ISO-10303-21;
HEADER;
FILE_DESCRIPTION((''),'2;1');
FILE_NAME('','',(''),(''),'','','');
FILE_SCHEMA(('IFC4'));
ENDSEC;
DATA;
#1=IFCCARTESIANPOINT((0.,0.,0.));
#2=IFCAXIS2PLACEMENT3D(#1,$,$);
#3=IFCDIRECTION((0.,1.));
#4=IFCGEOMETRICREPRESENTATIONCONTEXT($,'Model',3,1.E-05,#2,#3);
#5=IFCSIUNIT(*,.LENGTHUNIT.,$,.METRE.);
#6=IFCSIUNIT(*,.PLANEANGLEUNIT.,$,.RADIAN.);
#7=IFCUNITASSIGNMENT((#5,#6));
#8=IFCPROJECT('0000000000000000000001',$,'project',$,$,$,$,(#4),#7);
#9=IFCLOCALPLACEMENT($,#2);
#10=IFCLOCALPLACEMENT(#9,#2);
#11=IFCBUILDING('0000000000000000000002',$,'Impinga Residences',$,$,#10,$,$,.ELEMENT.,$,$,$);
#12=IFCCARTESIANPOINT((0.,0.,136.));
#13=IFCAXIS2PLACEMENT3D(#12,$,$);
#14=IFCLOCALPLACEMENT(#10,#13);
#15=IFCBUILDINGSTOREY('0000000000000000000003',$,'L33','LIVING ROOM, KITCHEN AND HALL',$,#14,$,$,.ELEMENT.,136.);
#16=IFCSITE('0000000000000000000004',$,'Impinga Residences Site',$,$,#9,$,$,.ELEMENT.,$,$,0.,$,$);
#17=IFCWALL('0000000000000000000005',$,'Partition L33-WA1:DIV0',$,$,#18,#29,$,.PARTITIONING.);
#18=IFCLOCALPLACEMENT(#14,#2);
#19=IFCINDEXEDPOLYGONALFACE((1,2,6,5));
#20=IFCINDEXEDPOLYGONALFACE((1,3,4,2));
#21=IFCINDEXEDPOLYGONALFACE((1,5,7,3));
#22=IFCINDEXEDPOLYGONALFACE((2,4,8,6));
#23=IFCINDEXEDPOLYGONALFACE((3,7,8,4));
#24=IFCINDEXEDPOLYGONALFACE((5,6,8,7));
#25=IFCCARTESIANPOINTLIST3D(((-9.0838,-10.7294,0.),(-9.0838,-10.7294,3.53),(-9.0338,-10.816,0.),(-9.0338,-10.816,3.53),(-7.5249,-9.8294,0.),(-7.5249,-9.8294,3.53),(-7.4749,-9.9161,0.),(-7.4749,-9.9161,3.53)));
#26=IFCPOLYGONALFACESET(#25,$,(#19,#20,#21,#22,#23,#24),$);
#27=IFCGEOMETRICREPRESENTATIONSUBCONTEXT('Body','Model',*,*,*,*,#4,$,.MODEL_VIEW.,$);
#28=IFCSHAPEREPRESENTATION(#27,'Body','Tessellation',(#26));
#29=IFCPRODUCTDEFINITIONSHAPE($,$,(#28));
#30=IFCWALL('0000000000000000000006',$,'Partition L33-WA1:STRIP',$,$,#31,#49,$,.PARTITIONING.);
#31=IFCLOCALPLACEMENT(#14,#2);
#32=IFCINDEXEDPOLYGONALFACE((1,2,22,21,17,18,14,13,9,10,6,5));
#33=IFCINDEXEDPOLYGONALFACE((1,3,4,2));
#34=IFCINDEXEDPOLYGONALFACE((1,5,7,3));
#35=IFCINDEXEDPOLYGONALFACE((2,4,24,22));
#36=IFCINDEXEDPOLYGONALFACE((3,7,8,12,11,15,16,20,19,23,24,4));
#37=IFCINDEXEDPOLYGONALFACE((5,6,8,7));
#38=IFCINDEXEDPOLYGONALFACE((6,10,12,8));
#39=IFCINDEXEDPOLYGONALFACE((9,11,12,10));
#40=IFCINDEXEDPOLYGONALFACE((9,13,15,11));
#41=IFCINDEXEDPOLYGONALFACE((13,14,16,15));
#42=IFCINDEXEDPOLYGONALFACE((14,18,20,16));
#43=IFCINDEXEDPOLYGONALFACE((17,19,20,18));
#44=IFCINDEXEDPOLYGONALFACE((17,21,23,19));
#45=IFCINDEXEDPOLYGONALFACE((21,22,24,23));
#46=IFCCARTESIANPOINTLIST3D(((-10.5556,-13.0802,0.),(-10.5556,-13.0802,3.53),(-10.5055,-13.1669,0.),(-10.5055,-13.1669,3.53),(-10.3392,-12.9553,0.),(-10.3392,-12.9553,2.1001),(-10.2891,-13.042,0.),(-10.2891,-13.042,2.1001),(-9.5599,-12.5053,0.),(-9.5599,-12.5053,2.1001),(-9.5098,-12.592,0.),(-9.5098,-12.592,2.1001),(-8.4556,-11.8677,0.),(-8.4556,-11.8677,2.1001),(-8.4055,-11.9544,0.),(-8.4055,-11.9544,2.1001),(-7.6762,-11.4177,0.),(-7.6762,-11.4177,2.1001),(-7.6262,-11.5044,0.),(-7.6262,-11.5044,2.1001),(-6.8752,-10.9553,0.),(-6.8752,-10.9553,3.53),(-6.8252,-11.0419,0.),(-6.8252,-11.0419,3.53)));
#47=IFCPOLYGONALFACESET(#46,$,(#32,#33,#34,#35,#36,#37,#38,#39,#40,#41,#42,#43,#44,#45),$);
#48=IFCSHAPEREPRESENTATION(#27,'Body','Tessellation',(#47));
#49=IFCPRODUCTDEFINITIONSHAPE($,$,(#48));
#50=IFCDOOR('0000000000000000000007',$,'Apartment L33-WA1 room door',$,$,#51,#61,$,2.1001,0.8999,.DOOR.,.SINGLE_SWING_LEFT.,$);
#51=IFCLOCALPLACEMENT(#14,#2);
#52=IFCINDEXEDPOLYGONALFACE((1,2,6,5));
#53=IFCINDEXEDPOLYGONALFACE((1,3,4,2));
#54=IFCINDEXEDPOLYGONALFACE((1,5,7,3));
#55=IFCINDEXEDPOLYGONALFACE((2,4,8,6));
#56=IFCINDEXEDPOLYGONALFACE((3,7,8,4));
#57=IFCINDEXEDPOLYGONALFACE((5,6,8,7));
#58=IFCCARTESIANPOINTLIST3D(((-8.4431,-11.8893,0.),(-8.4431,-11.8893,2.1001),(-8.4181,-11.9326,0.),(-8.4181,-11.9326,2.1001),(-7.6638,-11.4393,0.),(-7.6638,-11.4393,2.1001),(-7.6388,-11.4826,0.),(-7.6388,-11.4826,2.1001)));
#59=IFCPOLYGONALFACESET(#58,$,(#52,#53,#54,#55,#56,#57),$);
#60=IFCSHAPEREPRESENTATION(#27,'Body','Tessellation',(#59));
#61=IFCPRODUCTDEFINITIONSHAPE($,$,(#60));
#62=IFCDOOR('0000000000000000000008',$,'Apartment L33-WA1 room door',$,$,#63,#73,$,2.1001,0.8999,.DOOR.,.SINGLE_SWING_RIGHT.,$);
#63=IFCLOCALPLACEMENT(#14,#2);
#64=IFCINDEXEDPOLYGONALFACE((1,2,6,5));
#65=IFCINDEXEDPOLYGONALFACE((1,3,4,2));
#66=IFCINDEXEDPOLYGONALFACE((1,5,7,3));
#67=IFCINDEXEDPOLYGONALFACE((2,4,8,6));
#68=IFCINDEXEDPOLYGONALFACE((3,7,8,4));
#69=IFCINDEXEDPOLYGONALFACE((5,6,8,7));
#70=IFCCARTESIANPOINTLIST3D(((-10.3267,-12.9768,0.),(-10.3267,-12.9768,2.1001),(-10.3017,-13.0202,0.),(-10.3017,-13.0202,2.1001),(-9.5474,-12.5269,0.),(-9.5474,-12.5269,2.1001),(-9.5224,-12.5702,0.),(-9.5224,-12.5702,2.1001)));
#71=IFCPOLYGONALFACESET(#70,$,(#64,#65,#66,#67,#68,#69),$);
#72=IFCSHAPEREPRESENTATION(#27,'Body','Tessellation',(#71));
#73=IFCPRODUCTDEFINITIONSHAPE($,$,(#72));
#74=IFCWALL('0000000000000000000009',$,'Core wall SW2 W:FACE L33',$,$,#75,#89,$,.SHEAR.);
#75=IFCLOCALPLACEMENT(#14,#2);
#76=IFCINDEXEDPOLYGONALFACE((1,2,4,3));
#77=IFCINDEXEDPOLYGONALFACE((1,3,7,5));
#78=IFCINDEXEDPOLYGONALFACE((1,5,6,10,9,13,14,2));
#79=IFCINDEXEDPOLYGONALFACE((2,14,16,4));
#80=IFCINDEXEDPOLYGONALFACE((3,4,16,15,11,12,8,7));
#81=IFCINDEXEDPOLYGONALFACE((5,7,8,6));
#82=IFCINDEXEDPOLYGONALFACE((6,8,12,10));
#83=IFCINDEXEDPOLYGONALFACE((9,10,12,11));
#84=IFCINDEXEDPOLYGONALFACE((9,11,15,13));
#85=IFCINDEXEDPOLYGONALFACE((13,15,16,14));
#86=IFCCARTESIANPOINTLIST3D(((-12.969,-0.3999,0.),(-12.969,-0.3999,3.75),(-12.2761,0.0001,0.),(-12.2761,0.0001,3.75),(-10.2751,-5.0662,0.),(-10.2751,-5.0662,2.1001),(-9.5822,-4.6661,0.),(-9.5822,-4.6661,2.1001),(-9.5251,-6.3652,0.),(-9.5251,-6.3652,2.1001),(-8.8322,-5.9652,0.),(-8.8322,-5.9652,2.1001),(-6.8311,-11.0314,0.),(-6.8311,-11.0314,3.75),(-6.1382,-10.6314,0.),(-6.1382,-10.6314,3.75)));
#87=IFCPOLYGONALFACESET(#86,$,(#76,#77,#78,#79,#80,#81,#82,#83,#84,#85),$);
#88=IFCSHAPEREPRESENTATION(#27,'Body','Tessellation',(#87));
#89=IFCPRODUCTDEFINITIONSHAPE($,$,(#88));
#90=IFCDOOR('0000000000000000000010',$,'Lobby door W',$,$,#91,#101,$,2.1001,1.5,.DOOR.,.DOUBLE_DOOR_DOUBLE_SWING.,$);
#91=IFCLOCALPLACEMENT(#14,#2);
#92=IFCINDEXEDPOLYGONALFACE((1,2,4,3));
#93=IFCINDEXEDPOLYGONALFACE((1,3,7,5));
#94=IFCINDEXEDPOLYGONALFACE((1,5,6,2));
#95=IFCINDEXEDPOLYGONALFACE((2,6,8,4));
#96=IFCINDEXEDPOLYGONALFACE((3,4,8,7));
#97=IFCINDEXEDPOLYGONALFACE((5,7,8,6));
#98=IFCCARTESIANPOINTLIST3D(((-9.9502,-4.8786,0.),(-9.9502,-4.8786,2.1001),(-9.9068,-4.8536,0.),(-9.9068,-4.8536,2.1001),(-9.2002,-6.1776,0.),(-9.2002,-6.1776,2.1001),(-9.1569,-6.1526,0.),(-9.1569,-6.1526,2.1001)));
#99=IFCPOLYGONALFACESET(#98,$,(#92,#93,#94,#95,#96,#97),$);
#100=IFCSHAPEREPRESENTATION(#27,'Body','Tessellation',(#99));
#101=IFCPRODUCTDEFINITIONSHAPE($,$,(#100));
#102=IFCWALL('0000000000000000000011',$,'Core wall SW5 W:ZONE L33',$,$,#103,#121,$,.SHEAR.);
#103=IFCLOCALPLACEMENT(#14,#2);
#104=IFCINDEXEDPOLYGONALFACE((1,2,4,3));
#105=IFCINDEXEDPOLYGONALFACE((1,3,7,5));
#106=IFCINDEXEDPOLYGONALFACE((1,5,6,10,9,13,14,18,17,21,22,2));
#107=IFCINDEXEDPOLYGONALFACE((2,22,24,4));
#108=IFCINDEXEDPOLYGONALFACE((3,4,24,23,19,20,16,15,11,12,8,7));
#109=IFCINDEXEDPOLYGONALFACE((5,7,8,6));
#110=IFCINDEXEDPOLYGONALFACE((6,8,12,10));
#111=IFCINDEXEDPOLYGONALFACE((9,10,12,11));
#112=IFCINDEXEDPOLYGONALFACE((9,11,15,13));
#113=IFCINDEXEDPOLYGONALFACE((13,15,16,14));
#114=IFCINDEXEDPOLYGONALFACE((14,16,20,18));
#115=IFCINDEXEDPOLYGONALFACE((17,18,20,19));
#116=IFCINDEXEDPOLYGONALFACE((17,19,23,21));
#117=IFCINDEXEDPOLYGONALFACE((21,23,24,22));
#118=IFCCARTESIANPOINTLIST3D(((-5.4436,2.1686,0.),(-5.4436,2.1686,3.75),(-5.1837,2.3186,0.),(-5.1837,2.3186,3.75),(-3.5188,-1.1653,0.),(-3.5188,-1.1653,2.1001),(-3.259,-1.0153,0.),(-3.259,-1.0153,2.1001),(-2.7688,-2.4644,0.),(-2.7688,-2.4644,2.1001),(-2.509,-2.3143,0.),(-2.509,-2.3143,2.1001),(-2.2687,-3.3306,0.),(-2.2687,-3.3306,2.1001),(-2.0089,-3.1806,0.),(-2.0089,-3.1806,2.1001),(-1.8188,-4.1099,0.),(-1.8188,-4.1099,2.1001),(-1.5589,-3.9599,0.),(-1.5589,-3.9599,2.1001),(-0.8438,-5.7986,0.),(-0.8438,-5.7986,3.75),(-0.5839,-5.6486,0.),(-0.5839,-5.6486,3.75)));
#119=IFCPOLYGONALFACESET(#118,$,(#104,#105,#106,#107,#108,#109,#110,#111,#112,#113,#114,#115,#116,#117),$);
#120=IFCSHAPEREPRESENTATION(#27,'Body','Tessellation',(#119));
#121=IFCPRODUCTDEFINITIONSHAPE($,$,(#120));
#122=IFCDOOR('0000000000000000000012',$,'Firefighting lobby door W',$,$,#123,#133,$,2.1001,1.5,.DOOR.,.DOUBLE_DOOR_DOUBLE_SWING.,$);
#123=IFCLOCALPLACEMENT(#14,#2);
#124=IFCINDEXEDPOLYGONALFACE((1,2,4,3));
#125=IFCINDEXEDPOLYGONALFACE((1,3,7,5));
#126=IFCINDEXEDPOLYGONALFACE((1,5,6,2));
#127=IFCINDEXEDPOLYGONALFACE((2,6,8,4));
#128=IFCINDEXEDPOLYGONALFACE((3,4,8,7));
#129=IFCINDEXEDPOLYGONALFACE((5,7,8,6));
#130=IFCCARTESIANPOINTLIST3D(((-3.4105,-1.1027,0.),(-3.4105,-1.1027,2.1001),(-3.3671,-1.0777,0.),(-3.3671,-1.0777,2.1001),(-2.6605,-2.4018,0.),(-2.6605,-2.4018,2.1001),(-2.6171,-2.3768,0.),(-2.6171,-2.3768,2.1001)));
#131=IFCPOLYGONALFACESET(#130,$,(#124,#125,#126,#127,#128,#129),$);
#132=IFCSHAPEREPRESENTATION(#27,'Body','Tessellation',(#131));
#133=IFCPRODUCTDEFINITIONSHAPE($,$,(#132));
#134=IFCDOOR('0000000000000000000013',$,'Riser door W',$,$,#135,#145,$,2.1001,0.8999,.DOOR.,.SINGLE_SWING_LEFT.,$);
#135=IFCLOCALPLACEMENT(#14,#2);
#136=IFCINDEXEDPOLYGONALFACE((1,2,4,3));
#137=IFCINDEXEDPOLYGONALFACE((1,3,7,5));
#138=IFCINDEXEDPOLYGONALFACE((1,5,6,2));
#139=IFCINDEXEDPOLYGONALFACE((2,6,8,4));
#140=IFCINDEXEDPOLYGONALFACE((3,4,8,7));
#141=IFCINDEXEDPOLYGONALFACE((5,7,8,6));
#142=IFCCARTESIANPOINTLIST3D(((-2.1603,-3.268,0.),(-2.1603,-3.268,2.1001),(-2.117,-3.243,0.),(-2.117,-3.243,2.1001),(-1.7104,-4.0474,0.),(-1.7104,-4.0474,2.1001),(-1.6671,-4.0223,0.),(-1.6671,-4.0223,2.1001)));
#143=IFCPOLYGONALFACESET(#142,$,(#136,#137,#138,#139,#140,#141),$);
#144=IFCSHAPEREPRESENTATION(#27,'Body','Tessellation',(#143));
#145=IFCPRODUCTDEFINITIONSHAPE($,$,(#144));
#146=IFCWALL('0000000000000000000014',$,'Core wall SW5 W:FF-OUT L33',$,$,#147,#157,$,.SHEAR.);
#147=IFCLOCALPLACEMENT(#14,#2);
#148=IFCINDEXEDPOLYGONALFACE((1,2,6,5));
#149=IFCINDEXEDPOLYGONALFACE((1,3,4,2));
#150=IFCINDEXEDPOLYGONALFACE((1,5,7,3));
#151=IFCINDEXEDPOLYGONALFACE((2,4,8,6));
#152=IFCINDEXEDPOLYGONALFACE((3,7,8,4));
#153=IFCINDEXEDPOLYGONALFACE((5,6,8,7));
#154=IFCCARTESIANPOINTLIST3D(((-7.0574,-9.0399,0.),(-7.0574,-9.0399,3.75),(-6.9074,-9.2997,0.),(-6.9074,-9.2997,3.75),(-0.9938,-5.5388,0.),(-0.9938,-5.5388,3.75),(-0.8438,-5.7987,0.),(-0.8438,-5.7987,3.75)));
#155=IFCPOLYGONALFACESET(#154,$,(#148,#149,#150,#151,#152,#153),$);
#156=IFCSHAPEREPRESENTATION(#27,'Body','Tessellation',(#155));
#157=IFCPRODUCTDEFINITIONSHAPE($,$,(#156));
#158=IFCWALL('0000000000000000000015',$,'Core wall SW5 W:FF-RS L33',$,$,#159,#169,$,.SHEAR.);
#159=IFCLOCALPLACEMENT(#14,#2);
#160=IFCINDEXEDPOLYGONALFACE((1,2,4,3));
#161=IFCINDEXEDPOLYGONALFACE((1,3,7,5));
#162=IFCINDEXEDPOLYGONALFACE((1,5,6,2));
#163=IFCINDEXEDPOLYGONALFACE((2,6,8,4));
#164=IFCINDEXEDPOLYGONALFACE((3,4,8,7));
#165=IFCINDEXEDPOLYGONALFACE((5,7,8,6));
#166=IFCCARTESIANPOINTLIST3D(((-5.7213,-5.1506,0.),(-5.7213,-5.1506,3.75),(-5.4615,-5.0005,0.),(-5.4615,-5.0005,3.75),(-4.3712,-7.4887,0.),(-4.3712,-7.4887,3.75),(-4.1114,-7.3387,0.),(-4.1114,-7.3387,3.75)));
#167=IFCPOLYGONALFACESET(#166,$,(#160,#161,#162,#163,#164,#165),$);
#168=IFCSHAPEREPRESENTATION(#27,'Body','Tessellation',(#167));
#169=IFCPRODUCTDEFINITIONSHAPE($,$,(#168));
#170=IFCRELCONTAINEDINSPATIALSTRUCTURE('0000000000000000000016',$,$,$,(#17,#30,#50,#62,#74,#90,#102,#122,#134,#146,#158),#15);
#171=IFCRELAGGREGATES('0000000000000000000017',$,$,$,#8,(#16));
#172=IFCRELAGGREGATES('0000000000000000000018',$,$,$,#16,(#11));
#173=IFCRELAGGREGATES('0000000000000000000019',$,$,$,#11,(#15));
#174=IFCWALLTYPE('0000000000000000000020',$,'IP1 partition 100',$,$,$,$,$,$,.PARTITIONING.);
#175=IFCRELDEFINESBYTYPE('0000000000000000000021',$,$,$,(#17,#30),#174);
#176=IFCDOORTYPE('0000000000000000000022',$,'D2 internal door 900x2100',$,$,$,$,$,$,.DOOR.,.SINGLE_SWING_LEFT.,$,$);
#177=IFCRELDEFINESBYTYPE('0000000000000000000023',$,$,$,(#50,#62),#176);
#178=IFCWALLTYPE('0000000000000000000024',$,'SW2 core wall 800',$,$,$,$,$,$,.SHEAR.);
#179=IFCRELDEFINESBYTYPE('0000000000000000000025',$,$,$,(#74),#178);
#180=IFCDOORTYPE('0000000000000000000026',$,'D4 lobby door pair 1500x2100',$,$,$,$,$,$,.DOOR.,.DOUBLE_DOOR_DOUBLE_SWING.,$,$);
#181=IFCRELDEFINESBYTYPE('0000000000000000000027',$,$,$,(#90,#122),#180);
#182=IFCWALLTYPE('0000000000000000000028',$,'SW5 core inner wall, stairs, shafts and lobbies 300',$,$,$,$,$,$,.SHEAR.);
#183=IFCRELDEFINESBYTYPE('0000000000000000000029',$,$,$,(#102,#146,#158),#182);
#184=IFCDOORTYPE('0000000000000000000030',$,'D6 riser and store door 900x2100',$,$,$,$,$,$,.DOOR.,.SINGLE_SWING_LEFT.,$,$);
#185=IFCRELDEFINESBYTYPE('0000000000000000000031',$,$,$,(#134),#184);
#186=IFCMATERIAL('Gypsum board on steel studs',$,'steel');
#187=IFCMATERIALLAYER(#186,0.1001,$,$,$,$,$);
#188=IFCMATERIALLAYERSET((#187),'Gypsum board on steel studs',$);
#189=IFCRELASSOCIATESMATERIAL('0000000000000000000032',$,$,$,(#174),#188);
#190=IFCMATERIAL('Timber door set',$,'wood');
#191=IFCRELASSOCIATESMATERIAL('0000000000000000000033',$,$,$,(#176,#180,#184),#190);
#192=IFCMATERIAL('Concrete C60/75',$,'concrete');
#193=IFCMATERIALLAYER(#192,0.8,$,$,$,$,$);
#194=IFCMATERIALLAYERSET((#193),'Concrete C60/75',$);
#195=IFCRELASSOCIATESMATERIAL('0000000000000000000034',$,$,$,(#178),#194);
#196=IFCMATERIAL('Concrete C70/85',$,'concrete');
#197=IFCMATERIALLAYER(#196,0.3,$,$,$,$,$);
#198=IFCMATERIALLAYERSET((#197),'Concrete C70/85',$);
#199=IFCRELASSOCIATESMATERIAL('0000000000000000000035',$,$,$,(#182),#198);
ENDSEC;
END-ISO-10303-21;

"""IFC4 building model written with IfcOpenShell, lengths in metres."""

from ifc_helpers import new_model, si_unit, direction, frame, frame_2d, origin, place, context, subcontext, project, spatial, rectangle, extrude, material, layer, layer_set, type_object, element, fill, save


model = new_model("IFC4")

# Units and contexts
model_context = context("Model", 3, precision=1e-05, world=origin(), true_north=direction((0.0, 1.0)))
body_context = subcontext(model_context, "Body", "Model", "MODEL_VIEW")
ifc_project = project(units=[si_unit("LENGTHUNIT", "METRE"), si_unit("PLANEANGLEUNIT", "RADIAN")], contexts=[model_context])

# Site, building, storey
site_placement = place(None, origin())
site = spatial("IfcSite", under=ifc_project, at=site_placement, Name="Impinga Residences Site", CompositionType="ELEMENT", RefElevation=0.0)
building_placement = place(site_placement, origin())
building = spatial("IfcBuilding", under=site, at=building_placement, Name="Impinga Residences", CompositionType="ELEMENT")
storey_placement = place(building_placement, frame((0.0, 0.0, 136.0)))
storey = spatial("IfcBuildingStorey", under=building, at=storey_placement, Name="L33", Description="LIVING ROOM, KITCHEN AND HALL", CompositionType="ELEMENT", Elevation=136.0)

# Shared definitions
ifc_material_1 = material(Name="Concrete C60/75", Category="concrete")

# Wall
ifc_material_2 = material(Name="Gypsum board on steel studs", Category="steel")
ifc_layer_1 = layer(ifc_material_2, 0.1001)
ifc_layer_set_1 = layer_set([ifc_layer_1], Name="Gypsum board on steel studs")
wall_type_1 = type_object("IfcWallType", Name="IP1 partition 100", PredefinedType="PARTITIONING", material=ifc_layer_set_1)
wall_1_placement = place(storey_placement, frame((-7.5, -9.8728, 0.0), z_axis=(0.0, 0.0, 1.0), x_axis=(-0.866048, -0.499961, 0.0)))
element("IfcWall", 1, at=wall_1_placement, inside=storey, type_object=wall_type_1, Name="Partition L33-WA1:DIV0", PredefinedType="PARTITIONING", context=body_context, shape_type="SweptSolid", body=[
    extrude(rectangle(XDim=1.8, YDim=0.1001, at=frame_2d((0.8999, 0.0))), origin(), (0.0, 0.0, 1.0), 3.53),
])

# Wall, openings, doors
wall_2_placement = place(storey_placement, frame((-6.8501, -10.9985, 0.0), z_axis=(0.0, 0.0, 1.0), x_axis=(-0.866014, -0.500019, 0.0)))
wall_2 = element("IfcWall", 2, at=wall_2_placement, inside=storey, type_object=wall_type_1, Name="Partition L33-WA1:STRIP", PredefinedType="PARTITIONING", context=body_context, shape_type="SweptSolid", body=[
    extrude(rectangle(XDim=4.2498, YDim=0.1001, at=frame_2d((2.125, 0.0))), origin(), (0.0, 0.0, 1.0), 3.53),
])
opening_1_placement = place(wall_2_placement, frame((0.925, 0.0, 0.0)))
opening_1 = element("IfcOpeningElement", 3, at=opening_1_placement, cuts=wall_2, PredefinedType="OPENING", context=body_context, shape_type="SweptSolid", body=[
    extrude(rectangle(XDim=0.8999, YDim=2.1001, at=frame_2d((0.45, 1.05))), frame((0.0, 0.0601, 0.0), z_axis=(0.0, -1.0, 0.0), x_axis=(1.0, 0.0, 0.0)), (0.0, 0.0, 1.0), 0.1201),
])
opening_2_placement = place(wall_2_placement, frame((3.1001, 0.0, 0.0)))
opening_2 = element("IfcOpeningElement", 4, at=opening_2_placement, cuts=wall_2, PredefinedType="OPENING", context=body_context, shape_type="SweptSolid", body=[
    extrude(rectangle(XDim=0.8999, YDim=2.1001, at=frame_2d((0.45, 1.05))), frame((0.0, 0.0601, 0.0), z_axis=(0.0, -1.0, 0.0), x_axis=(1.0, 0.0, 0.0)), (0.0, 0.0, 1.0), 0.1201),
])
ifc_material_3 = material(Name="Timber door set", Category="wood")
door_type_1 = type_object("IfcDoorType", Name="D2 internal door 900x2100", OperationType="SINGLE_SWING_LEFT", PredefinedType="DOOR", material=ifc_material_3)
door_1_placement = place(opening_1_placement, origin())
door_1 = element("IfcDoor", 5, at=door_1_placement, inside=storey, type_object=door_type_1, Name="Apartment L33-WA1 room door", OperationType="SINGLE_SWING_LEFT", OverallHeight=2.1001, OverallWidth=0.8999, PredefinedType="DOOR", context=body_context, shape_type="SweptSolid", body=[
    extrude(rectangle(XDim=0.8999, YDim=2.1001, at=frame_2d((0.45, 1.05))), frame((0.0, 0.0249, 0.0), z_axis=(0.0, -1.0, 0.0), x_axis=(1.0, 0.0, 0.0)), (0.0, 0.0, 1.0), 0.05),
])
fill(opening_1, door_1)
door_2_placement = place(opening_2_placement, origin())
door_2 = element("IfcDoor", 6, at=door_2_placement, inside=storey, type_object=door_type_1, Name="Apartment L33-WA1 room door", OperationType="SINGLE_SWING_RIGHT", OverallHeight=2.1001, OverallWidth=0.8999, PredefinedType="DOOR", context=body_context, shape_type="SweptSolid", body=[
    extrude(rectangle(XDim=0.8999, YDim=2.1001, at=frame_2d((0.45, 1.05))), frame((0.0, 0.0249, 0.0), z_axis=(0.0, -1.0, 0.0), x_axis=(1.0, 0.0, 0.0)), (0.0, 0.0, 1.0), 0.05),
])
fill(opening_2, door_2)

# Wall, opening, door
ifc_layer_2 = layer(ifc_material_1, 0.8)
ifc_layer_set_2 = layer_set([ifc_layer_2], Name="Concrete C60/75")
wall_type_2 = type_object("IfcWallType", Name="SW2 core wall 800", PredefinedType="SHEAR", material=ifc_layer_set_2)
wall_3_placement = place(storey_placement, frame((-6.4846, -10.8315, 0.0), z_axis=(0.0, 0.0, 1.0), x_axis=(-0.499987, 0.866033, 0.0)))
wall_3 = element("IfcWall", 7, at=wall_3_placement, inside=storey, type_object=wall_type_2, Name="Core wall SW2 W:FACE L33", PredefinedType="SHEAR", context=body_context, shape_type="SweptSolid", body=[
    extrude(rectangle(XDim=12.2761, YDim=0.8, at=frame_2d((6.1382, 0.0))), origin(), (0.0, 0.0, 1.0), 3.75),
])
opening_3_placement = place(wall_3_placement, frame((5.3882, 0.0, 0.0)))
opening_3 = element("IfcOpeningElement", 8, at=opening_3_placement, cuts=wall_3, PredefinedType="OPENING", context=body_context, shape_type="SweptSolid", body=[
    extrude(rectangle(XDim=1.5, YDim=2.1001, at=frame_2d((0.75, 1.05))), frame((0.0, 0.4099, 0.0), z_axis=(0.0, -1.0, 0.0), x_axis=(1.0, 0.0, 0.0)), (0.0, 0.0, 1.0), 0.8201),
])
door_type_2 = type_object("IfcDoorType", Name="D4 lobby door pair 1500x2100", OperationType="DOUBLE_DOOR_DOUBLE_SWING", PredefinedType="DOOR", material=ifc_material_3)
door_3_placement = place(opening_3_placement, origin())
door_3 = element("IfcDoor", 9, at=door_3_placement, inside=storey, type_object=door_type_2, Name="Lobby door W", OperationType="DOUBLE_DOOR_DOUBLE_SWING", OverallHeight=2.1001, OverallWidth=1.5, PredefinedType="DOOR", context=body_context, shape_type="SweptSolid", body=[
    extrude(rectangle(XDim=1.5, YDim=2.1001, at=frame_2d((0.75, 1.05))), frame((0.0, 0.0249, 0.0), z_axis=(0.0, -1.0, 0.0), x_axis=(1.0, 0.0, 0.0)), (0.0, 0.0, 1.0), 0.05),
])
fill(opening_3, door_3)

# Wall, openings, doors
ifc_material_4 = material(Name="Concrete C70/85", Category="concrete")
ifc_layer_3 = layer(ifc_material_4, 0.3)
ifc_layer_set_3 = layer_set([ifc_layer_3], Name="Concrete C70/85")
wall_type_3 = type_object("IfcWallType", Name="SW5 core inner wall, stairs, shafts and lobbies 300", PredefinedType="SHEAR", material=ifc_layer_set_3)
wall_4_placement = place(storey_placement, frame((-0.7139, -5.7236, 0.0), z_axis=(0.0, 0.0, 1.0), x_axis=(-0.499995, 0.866028, 0.0)))
wall_4 = element("IfcWall", 10, at=wall_4_placement, inside=storey, type_object=wall_type_3, Name="Core wall SW5 W:ZONE L33", PredefinedType="SHEAR", context=body_context, shape_type="SweptSolid", body=[
    extrude(rectangle(XDim=9.1997, YDim=0.3, at=frame_2d((4.5999, 0.0))), origin(), (0.0, 0.0, 1.0), 3.75),
])
opening_4_placement = place(wall_4_placement, frame((3.8501, 0.0, 0.0)))
opening_4 = element("IfcOpeningElement", 11, at=opening_4_placement, cuts=wall_4, PredefinedType="OPENING", context=body_context, shape_type="SweptSolid", body=[
    extrude(rectangle(XDim=1.5, YDim=2.1001, at=frame_2d((0.75, 1.05))), frame((0.0, 0.1599, 0.0), z_axis=(0.0, -1.0, 0.0), x_axis=(1.0, 0.0, 0.0)), (0.0, 0.0, 1.0), 0.3201),
])
opening_5_placement = place(wall_4_placement, frame((1.95, 0.0, 0.0)))
opening_5 = element("IfcOpeningElement", 12, at=opening_5_placement, cuts=wall_4, PredefinedType="OPENING", context=body_context, shape_type="SweptSolid", body=[
    extrude(rectangle(XDim=0.8999, YDim=2.1001, at=frame_2d((0.45, 1.05))), frame((0.0, 0.1599, 0.0), z_axis=(0.0, -1.0, 0.0), x_axis=(1.0, 0.0, 0.0)), (0.0, 0.0, 1.0), 0.3201),
])
door_4_placement = place(opening_4_placement, origin())
door_4 = element("IfcDoor", 13, at=door_4_placement, inside=storey, type_object=door_type_2, Name="Firefighting lobby door W", OperationType="DOUBLE_DOOR_DOUBLE_SWING", OverallHeight=2.1001, OverallWidth=1.5, PredefinedType="DOOR", context=body_context, shape_type="SweptSolid", body=[
    extrude(rectangle(XDim=1.5, YDim=2.1001, at=frame_2d((0.75, 1.05))), frame((0.0, 0.0249, 0.0), z_axis=(0.0, -1.0, 0.0), x_axis=(1.0, 0.0, 0.0)), (0.0, 0.0, 1.0), 0.05),
])
fill(opening_4, door_4)
door_type_3 = type_object("IfcDoorType", Name="D6 riser and store door 900x2100", OperationType="SINGLE_SWING_LEFT", PredefinedType="DOOR", material=ifc_material_3)
door_5_placement = place(opening_5_placement, origin())
door_5 = element("IfcDoor", 14, at=door_5_placement, inside=storey, type_object=door_type_3, Name="Riser door W", OperationType="SINGLE_SWING_LEFT", OverallHeight=2.1001, OverallWidth=0.8999, PredefinedType="DOOR", context=body_context, shape_type="SweptSolid", body=[
    extrude(rectangle(XDim=0.8999, YDim=2.1001, at=frame_2d((0.45, 1.05))), frame((0.0, 0.0249, 0.0), z_axis=(0.0, -1.0, 0.0), x_axis=(1.0, 0.0, 0.0)), (0.0, 0.0, 1.0), 0.05),
])
fill(opening_5, door_5)

# Walls
wall_5_placement = place(storey_placement, frame((-0.9187, -5.6687, 0.0), z_axis=(0.0, 0.0, 1.0), x_axis=(-0.866011, -0.500024, 0.0)))
element("IfcWall", 15, at=wall_5_placement, inside=storey, type_object=wall_type_3, Name="Core wall SW5 W:FF-OUT L33", PredefinedType="SHEAR", context=body_context, shape_type="SweptSolid", body=[
    extrude(rectangle(XDim=7.0017, YDim=0.3, at=frame_2d((3.501, 0.0))), origin(), (0.0, 0.0, 1.0), 3.75),
])
wall_6_placement = place(storey_placement, frame((-4.2412, -7.4138, 0.0), z_axis=(0.0, 0.0, 1.0), x_axis=(-0.500049, 0.865997, 0.0)))
element("IfcWall", 16, at=wall_6_placement, inside=storey, type_object=wall_type_3, Name="Core wall SW5 W:FF-RS L33", PredefinedType="SHEAR", context=body_context, shape_type="SweptSolid", body=[
    extrude(rectangle(XDim=2.7, YDim=0.3, at=frame_2d((1.3501, 0.0))), origin(), (0.0, 0.0, 1.0), 3.75),
])

save(model, "model.ifc")
